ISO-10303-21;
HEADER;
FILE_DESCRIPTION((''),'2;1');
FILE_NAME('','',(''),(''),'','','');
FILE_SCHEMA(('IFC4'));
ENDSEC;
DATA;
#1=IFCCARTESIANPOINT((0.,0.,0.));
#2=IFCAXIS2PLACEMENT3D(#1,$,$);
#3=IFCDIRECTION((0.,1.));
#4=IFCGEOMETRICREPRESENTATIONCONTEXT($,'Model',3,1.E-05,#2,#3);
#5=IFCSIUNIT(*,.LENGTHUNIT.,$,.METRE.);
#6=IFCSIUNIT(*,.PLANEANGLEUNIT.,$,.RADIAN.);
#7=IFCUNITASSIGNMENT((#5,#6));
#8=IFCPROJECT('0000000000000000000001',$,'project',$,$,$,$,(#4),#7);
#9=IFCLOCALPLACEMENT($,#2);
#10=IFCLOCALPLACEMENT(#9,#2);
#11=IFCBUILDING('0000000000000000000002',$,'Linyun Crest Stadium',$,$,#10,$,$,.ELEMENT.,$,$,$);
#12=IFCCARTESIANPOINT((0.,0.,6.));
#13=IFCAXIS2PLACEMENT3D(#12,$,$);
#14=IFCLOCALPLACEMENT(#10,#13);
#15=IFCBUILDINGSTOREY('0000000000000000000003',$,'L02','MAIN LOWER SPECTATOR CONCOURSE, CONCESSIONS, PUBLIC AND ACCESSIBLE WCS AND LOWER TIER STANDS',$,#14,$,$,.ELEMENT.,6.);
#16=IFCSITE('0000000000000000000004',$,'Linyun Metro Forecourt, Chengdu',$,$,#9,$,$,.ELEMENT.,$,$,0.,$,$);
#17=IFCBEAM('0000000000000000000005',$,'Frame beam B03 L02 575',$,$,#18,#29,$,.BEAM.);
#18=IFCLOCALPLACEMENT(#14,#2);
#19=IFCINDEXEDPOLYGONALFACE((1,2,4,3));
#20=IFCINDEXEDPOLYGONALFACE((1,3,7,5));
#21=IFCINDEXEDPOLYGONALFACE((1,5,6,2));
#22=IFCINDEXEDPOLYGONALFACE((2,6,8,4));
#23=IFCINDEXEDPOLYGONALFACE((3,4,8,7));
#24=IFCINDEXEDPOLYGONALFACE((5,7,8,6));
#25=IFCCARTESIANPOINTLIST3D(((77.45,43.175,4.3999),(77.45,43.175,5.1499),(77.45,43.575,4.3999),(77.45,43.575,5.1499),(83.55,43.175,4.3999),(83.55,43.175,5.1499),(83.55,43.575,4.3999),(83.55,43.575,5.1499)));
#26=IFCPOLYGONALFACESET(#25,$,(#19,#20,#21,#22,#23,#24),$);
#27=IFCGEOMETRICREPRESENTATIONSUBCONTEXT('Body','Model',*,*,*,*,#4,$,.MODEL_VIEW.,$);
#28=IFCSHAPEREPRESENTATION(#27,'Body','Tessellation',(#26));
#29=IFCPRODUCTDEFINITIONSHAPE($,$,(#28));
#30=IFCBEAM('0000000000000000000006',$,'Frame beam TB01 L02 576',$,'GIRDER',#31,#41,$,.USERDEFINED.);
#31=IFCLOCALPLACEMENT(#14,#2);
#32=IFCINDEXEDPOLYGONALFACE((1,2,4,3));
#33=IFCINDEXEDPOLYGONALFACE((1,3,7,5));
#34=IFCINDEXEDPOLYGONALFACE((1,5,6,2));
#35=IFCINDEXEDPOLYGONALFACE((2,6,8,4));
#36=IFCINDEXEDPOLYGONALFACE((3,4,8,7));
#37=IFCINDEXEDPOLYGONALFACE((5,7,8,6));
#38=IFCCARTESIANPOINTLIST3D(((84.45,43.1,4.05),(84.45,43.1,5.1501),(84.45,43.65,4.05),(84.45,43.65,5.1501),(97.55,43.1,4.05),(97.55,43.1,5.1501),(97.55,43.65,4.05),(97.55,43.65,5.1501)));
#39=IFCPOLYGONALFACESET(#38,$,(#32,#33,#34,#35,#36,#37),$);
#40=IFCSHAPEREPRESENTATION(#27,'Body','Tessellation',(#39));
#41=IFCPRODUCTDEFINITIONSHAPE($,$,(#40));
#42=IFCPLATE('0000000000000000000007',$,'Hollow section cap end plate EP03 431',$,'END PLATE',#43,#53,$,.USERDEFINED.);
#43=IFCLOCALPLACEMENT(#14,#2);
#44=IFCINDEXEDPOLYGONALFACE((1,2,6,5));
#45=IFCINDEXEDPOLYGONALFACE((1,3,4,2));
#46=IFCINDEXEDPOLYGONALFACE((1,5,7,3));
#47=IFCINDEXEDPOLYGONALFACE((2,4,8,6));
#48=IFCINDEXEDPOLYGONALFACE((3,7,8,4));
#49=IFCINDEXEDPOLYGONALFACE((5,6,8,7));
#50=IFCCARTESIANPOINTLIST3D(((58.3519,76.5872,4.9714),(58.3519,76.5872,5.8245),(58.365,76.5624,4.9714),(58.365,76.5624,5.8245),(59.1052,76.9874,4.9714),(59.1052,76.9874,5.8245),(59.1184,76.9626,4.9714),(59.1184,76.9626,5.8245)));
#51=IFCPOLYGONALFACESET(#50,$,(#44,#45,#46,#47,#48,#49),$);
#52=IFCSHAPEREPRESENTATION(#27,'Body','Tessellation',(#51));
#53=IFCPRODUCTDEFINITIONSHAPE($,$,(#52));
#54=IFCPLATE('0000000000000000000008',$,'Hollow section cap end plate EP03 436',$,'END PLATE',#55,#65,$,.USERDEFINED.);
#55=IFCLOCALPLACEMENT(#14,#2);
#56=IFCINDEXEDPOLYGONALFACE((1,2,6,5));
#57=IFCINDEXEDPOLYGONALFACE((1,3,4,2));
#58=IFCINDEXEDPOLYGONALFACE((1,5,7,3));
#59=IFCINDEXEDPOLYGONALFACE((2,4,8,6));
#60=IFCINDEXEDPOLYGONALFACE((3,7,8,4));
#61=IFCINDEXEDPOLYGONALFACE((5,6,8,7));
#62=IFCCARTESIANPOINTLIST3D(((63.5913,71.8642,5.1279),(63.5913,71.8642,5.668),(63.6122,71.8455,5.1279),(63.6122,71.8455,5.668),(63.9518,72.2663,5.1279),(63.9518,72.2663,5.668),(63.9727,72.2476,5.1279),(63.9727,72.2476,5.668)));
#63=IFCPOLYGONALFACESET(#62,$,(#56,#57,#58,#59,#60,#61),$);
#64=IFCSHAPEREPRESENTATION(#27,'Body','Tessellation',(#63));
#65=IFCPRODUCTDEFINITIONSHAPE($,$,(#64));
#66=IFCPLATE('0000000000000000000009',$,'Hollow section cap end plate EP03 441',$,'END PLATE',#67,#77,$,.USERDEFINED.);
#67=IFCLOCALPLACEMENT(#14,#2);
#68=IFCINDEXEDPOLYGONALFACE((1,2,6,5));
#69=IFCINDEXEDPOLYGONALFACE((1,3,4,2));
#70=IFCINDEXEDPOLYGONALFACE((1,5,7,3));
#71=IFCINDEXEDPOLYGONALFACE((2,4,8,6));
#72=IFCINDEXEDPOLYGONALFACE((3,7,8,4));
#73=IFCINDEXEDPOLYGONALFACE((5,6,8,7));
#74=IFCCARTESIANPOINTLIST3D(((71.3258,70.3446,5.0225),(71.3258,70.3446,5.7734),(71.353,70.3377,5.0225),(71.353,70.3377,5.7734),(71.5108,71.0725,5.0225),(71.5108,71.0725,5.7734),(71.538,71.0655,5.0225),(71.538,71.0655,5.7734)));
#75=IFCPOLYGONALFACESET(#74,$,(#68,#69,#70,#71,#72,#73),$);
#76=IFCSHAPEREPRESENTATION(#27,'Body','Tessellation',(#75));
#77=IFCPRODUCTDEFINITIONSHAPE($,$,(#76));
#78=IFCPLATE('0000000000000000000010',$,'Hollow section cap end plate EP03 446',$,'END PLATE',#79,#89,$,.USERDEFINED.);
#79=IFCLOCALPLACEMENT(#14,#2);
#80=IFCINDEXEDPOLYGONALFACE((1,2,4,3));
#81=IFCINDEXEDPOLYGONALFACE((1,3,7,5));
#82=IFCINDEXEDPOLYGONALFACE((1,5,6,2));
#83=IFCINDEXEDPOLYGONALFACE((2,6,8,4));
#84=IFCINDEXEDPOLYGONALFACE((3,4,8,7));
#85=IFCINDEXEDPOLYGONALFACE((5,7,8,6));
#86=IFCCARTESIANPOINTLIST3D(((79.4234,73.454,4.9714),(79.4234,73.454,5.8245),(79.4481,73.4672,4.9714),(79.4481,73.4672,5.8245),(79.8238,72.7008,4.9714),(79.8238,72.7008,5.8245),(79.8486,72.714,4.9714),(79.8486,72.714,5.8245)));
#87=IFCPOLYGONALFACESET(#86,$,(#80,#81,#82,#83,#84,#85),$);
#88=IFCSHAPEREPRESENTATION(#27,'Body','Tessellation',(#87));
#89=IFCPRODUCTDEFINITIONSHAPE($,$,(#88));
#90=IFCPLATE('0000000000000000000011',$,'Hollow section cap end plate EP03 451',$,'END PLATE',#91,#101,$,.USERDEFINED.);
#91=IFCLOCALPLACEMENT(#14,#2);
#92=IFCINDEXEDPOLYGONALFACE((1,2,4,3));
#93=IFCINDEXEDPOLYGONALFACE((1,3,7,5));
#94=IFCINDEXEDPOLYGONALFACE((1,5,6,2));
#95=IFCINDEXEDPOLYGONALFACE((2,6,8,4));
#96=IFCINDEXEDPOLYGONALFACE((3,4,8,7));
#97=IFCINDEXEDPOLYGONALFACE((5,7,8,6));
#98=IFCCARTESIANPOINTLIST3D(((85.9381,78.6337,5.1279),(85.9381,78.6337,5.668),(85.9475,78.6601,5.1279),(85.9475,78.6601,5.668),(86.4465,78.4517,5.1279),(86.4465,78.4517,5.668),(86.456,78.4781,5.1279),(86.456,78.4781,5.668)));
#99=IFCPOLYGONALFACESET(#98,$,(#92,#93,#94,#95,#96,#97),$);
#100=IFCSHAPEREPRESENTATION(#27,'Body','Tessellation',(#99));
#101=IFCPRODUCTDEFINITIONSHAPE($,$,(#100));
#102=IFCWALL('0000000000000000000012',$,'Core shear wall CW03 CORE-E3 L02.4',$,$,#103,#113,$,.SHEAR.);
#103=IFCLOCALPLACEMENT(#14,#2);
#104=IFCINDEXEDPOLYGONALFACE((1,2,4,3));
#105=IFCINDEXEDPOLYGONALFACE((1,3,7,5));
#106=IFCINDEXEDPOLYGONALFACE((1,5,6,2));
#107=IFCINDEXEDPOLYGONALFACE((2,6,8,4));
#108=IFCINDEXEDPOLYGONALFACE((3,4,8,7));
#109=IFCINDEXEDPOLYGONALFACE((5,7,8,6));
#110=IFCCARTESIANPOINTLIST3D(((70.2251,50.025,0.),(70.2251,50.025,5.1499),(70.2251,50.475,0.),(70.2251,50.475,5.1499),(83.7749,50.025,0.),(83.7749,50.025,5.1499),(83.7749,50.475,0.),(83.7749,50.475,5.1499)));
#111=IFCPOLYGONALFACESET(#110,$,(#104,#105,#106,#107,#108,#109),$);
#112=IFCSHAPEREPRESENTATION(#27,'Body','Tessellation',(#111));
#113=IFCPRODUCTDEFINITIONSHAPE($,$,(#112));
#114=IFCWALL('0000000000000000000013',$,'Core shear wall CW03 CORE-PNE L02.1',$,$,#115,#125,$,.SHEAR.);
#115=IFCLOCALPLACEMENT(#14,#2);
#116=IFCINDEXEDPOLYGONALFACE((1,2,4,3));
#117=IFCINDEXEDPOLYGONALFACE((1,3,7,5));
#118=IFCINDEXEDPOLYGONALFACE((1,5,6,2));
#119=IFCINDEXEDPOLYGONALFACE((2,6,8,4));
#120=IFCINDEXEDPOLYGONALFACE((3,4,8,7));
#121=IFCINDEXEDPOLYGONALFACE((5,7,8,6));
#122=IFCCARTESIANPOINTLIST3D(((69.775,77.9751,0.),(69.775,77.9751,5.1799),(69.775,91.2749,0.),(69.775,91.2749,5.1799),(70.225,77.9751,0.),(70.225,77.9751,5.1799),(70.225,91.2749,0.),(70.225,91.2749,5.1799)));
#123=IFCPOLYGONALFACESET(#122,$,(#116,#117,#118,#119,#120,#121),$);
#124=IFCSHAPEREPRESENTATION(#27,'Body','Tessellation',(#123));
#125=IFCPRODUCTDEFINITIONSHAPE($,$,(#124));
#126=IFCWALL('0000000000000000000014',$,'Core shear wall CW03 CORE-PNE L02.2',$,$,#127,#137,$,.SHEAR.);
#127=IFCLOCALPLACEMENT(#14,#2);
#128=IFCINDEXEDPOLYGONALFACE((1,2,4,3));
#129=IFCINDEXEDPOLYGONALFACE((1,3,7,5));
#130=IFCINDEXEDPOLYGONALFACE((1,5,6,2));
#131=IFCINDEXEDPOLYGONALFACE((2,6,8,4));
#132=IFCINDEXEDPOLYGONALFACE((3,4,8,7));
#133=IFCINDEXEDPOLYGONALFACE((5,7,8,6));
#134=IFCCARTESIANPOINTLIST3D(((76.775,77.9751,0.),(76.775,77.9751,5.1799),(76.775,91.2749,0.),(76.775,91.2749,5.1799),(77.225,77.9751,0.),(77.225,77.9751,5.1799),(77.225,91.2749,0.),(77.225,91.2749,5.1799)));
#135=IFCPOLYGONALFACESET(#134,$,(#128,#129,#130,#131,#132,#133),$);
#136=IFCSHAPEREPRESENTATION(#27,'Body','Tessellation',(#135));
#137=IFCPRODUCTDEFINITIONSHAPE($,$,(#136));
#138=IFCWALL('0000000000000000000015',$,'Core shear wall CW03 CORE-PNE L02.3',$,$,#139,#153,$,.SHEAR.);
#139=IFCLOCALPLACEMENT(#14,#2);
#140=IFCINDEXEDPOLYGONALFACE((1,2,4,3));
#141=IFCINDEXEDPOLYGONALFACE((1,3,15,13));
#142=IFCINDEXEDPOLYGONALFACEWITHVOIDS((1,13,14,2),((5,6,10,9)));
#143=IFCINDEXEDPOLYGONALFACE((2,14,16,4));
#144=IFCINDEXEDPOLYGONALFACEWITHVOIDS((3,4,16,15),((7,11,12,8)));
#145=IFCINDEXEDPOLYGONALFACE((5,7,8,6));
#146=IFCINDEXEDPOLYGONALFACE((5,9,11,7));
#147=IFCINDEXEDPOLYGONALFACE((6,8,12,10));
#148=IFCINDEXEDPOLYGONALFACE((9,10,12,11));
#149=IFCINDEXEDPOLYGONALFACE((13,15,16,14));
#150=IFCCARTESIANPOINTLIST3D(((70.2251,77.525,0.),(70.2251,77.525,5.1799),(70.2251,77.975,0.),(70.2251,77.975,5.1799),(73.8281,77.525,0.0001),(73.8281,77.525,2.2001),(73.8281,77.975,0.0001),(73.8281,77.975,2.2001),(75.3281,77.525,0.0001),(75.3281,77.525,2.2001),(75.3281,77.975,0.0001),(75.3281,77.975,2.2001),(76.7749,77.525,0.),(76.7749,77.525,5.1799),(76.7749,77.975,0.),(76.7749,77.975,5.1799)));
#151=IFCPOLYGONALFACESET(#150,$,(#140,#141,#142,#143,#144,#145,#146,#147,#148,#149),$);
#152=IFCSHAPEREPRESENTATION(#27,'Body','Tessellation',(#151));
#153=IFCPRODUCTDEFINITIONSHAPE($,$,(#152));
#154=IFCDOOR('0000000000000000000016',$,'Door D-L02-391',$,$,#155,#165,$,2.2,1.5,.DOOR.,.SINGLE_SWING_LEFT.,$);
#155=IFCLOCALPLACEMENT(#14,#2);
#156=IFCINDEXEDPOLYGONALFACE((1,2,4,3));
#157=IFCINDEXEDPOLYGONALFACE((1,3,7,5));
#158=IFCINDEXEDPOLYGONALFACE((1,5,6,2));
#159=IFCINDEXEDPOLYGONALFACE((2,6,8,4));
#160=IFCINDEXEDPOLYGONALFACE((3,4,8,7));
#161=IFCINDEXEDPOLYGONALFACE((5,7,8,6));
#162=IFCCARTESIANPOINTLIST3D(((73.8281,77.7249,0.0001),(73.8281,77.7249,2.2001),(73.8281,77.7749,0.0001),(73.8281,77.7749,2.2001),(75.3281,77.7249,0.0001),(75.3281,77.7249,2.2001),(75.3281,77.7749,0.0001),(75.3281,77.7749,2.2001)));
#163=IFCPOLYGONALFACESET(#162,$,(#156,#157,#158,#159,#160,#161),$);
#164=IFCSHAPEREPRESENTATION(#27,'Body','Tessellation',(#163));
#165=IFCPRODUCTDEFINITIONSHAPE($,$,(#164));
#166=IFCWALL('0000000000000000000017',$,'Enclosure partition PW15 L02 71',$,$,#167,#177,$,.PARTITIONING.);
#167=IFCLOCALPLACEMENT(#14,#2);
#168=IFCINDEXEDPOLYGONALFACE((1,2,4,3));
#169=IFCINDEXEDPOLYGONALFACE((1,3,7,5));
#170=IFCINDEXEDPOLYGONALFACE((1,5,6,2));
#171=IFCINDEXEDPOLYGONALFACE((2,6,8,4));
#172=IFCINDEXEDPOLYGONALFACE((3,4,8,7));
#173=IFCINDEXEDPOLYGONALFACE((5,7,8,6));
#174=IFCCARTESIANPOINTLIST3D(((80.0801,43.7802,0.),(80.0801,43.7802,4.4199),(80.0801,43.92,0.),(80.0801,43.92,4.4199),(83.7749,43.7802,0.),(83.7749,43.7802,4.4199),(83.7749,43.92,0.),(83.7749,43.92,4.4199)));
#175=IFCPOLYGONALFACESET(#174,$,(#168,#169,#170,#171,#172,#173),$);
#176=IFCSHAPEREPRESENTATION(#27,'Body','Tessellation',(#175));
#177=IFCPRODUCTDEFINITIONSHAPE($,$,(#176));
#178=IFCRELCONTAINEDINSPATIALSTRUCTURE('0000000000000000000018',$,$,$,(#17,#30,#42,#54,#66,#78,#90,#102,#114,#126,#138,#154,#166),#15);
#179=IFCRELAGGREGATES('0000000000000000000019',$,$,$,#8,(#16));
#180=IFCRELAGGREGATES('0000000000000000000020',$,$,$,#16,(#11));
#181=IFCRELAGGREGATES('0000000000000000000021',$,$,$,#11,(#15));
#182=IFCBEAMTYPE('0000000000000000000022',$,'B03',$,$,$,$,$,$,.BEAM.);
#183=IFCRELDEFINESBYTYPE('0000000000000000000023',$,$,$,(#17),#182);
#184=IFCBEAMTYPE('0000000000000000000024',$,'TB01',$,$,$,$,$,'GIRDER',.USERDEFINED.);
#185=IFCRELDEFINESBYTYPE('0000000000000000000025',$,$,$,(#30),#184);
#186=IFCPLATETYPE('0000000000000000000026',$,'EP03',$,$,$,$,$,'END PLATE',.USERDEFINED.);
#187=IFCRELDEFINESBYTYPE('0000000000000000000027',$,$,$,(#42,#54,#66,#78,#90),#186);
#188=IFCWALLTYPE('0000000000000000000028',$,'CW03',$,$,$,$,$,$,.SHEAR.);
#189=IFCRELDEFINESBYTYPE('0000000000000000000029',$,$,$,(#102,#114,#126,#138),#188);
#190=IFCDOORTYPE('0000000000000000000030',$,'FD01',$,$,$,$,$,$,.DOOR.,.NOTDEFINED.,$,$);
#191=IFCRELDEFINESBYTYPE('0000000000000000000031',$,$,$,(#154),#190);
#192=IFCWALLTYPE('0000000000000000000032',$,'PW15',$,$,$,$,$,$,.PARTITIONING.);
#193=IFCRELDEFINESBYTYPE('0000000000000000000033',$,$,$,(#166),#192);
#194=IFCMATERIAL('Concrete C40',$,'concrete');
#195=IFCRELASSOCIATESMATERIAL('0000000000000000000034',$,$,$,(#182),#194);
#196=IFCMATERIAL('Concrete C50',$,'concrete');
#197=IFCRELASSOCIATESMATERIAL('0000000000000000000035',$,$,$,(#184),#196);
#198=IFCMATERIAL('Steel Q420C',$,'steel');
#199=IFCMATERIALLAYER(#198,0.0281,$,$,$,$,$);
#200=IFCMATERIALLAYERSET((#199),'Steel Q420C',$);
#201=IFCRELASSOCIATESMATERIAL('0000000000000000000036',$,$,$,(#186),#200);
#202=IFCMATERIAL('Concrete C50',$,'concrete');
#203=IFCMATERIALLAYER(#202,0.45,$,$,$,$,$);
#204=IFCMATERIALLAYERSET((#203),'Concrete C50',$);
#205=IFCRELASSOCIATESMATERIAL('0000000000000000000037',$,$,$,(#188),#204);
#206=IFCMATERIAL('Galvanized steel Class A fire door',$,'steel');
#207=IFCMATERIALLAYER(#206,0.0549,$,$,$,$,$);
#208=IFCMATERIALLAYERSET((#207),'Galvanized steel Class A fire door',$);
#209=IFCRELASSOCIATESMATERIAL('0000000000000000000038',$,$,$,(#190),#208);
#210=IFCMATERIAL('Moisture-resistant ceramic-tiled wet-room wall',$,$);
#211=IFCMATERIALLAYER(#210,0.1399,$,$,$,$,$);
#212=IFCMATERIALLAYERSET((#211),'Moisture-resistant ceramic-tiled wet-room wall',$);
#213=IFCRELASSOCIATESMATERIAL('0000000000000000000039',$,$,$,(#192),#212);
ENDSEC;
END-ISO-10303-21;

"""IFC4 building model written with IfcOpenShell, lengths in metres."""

from ifc_helpers import new_model, si_unit, direction, frame, frame_2d, origin, origin_2d, place, context, subcontext, project, spatial, rectangle, extrude, material, layer, layer_set, material_profile, profile_set, type_object, element, fill, save


model = new_model("IFC4")

# Units and contexts
model_context = context("Model", 3, precision=1e-05, world=origin(), true_north=direction((0.0, 1.0)))
body_context = subcontext(model_context, "Body", "Model", "MODEL_VIEW")
ifc_project = project(units=[si_unit("LENGTHUNIT", "METRE"), si_unit("PLANEANGLEUNIT", "RADIAN")], contexts=[model_context])

# Site, building, storey
site_placement = place(None, origin())
site = spatial("IfcSite", under=ifc_project, at=site_placement, Name="Linyun Metro Forecourt, Chengdu", CompositionType="ELEMENT", RefElevation=0.0)
building_placement = place(site_placement, origin())
building = spatial("IfcBuilding", under=site, at=building_placement, Name="Linyun Crest Stadium", CompositionType="ELEMENT")
storey_placement = place(building_placement, frame((0.0, 0.0, 6.0)))
storey = spatial("IfcBuildingStorey", under=building, at=storey_placement, Name="L02", Description="MAIN LOWER SPECTATOR CONCOURSE, CONCESSIONS, PUBLIC AND ACCESSIBLE WCS AND LOWER TIER STANDS", CompositionType="ELEMENT", Elevation=6.0)

# Beams
ifc_material_1 = material(Name="Concrete C40", Category="concrete")
ifc_material_profile_1 = material_profile(ifc_material_1, rectangle(XDim=0.3999, YDim=0.75, at=origin_2d()), Name="RCB 750x400")
ifc_profile_set_1 = profile_set([ifc_material_profile_1], Name="Concrete C40")
beam_type_1 = type_object("IfcBeamType", Name="B03", PredefinedType="BEAM", material=ifc_profile_set_1)
beam_1_placement = place(storey_placement, frame((77.45, 43.375, 4.7749), z_axis=(1.0, 0.0, 0.0), x_axis=(0.0, 1.0, 0.0)))
element("IfcBeam", 1, at=beam_1_placement, inside=storey, type_object=beam_type_1, Name="Frame beam B03 L02 575", PredefinedType="BEAM", context=body_context, shape_type="SweptSolid", body=[
    extrude(rectangle(XDim=0.3999, YDim=0.75, at=origin_2d()), origin(), (0.0, 0.0, 1.0), 6.1001),
])
ifc_material_2 = material(Name="Concrete C50", Category="concrete")
ifc_material_profile_2 = material_profile(ifc_material_2, rectangle(XDim=0.55, YDim=1.1001, at=origin_2d()), Name="RCB 1100x550")
ifc_profile_set_2 = profile_set([ifc_material_profile_2], Name="Concrete C50")
beam_type_2 = type_object("IfcBeamType", Name="TB01", ElementType="GIRDER", PredefinedType="USERDEFINED", material=ifc_profile_set_2)
beam_2_placement = place(storey_placement, frame((84.45, 43.375, 4.6001), z_axis=(1.0, 0.0, 0.0), x_axis=(0.0, 1.0, 0.0)))
element("IfcBeam", 2, at=beam_2_placement, inside=storey, type_object=beam_type_2, Name="Frame beam TB01 L02 576", ObjectType="GIRDER", PredefinedType="USERDEFINED", context=body_context, shape_type="SweptSolid", body=[
    extrude(rectangle(XDim=0.55, YDim=1.1001, at=origin_2d()), origin(), (0.0, 0.0, 1.0), 13.1001),
])

# Plates
ifc_material_3 = material(Name="Steel Q420C", Category="steel")
ifc_layer_1 = layer(ifc_material_3, 0.0281)
ifc_layer_set_1 = layer_set([ifc_layer_1], Name="Steel Q420C")
plate_type = type_object("IfcPlateType", Name="EP03", ElementType="END PLATE", PredefinedType="USERDEFINED", material=ifc_layer_set_1)
plate_1_placement = place(storey_placement, frame((58.7351, 76.7749, 4.9714), z_axis=(0.0, 0.0, 1.0), x_axis=(-0.883111, -0.469163, 0.0)))
element("IfcPlate", 3, at=plate_1_placement, inside=storey, type_object=plate_type, Name="Hollow section cap end plate EP03 431", ObjectType="END PLATE", PredefinedType="USERDEFINED", context=body_context, shape_type="SweptSolid", body=[
    extrude(rectangle(XDim=0.853, YDim=0.0281, at=origin_2d()), origin(), (0.0, 0.0, 1.0), 0.853),
])
plate_2_placement = place(storey_placement, frame((63.782, 72.0559, 5.1279), z_axis=(0.0, 0.0, 1.0), x_axis=(-0.667573, -0.744545, 0.0)))
element("IfcPlate", 4, at=plate_2_placement, inside=storey, type_object=plate_type, Name="Hollow section cap end plate EP03 436", ObjectType="END PLATE", PredefinedType="USERDEFINED", context=body_context, shape_type="SweptSolid", body=[
    extrude(rectangle(XDim=0.54, YDim=0.0281, at=origin_2d()), origin(), (0.0, 0.0, 1.0), 0.54),
])
plate_3_placement = place(storey_placement, frame((71.4319, 70.7051, 5.0225), z_axis=(0.0, 0.0, 1.0), x_axis=(-0.246322, -0.969188, 0.0)))
element("IfcPlate", 5, at=plate_3_placement, inside=storey, type_object=plate_type, Name="Hollow section cap end plate EP03 441", ObjectType="END PLATE", PredefinedType="USERDEFINED", context=body_context, shape_type="SweptSolid", body=[
    extrude(rectangle(XDim=0.751, YDim=0.0281, at=origin_2d()), origin(), (0.0, 0.0, 1.0), 0.751),
])
plate_4_placement = place(storey_placement, frame((79.636, 73.084, 4.9714), z_axis=(0.0, 0.0, 1.0), x_axis=(0.469472, -0.882948, 0.0)))
element("IfcPlate", 6, at=plate_4_placement, inside=storey, type_object=plate_type, Name="Hollow section cap end plate EP03 446", ObjectType="END PLATE", PredefinedType="USERDEFINED", context=body_context, shape_type="SweptSolid", body=[
    extrude(rectangle(XDim=0.853, YDim=0.0281, at=origin_2d()), origin(), (0.0, 0.0, 1.0), 0.853),
])
plate_5_placement = place(storey_placement, frame((86.197, 78.5559, 5.1279), z_axis=(0.0, 0.0, 1.0), x_axis=(0.941529, -0.336931, 0.0)))
element("IfcPlate", 7, at=plate_5_placement, inside=storey, type_object=plate_type, Name="Hollow section cap end plate EP03 451", ObjectType="END PLATE", PredefinedType="USERDEFINED", context=body_context, shape_type="SweptSolid", body=[
    extrude(rectangle(XDim=0.54, YDim=0.0281, at=origin_2d()), origin(), (0.0, 0.0, 1.0), 0.54),
])

# Walls
ifc_material_4 = material(Name="Concrete C50", Category="concrete")
ifc_layer_2 = layer(ifc_material_4, 0.45)
ifc_layer_set_2 = layer_set([ifc_layer_2], Name="Concrete C50")
wall_type_1 = type_object("IfcWallType", Name="CW03", PredefinedType="SHEAR", material=ifc_layer_set_2)
wall_1_placement = place(storey_placement, frame((70.2251, 50.25, 0.0), z_axis=(0.0, 0.0, 1.0), x_axis=(1.0, 0.0, 0.0)))
element("IfcWall", 8, at=wall_1_placement, inside=storey, type_object=wall_type_1, Name="Core shear wall CW03 CORE-E3 L02.4", PredefinedType="SHEAR", context=body_context, shape_type="SweptSolid", body=[
    extrude(rectangle(XDim=13.5498, YDim=0.45, at=frame_2d((6.7749, 0.0))), origin(), (0.0, 0.0, 1.0), 5.1499),
])
for number, where, z_axis, x_axis, name in (
    (9, (70.0, 77.9751, 0.0), (0.0, 0.0, 1.0), (0.0, 1.0, 0.0), "Core shear wall CW03 CORE-PNE L02.1"),
    (10, (77.0, 77.9751, 0.0), (0.0, 0.0, 1.0), (0.0, 1.0, 0.0), "Core shear wall CW03 CORE-PNE L02.2"),
):
    element("IfcWall", number, at=place(storey_placement, frame(where, z_axis=z_axis, x_axis=x_axis)), inside=storey, type_object=wall_type_1, Name=name, PredefinedType="SHEAR", context=body_context, shape_type="SweptSolid", body=[
        extrude(rectangle(XDim=13.2998, YDim=0.45, at=frame_2d((6.6499, 0.0))), origin(), (0.0, 0.0, 1.0), 5.1799),
    ])

# Wall, opening, door
wall_2_placement = place(storey_placement, frame((70.2251, 77.75, 0.0), z_axis=(0.0, 0.0, 1.0), x_axis=(1.0, 0.0, 0.0)))
wall_2 = element("IfcWall", 11, at=wall_2_placement, inside=storey, type_object=wall_type_1, Name="Core shear wall CW03 CORE-PNE L02.3", PredefinedType="SHEAR", context=body_context, shape_type="SweptSolid", body=[
    extrude(rectangle(XDim=6.5498, YDim=0.45, at=frame_2d((3.2749, 0.0))), origin(), (0.0, 0.0, 1.0), 5.1799),
])
opening_1_placement = place(wall_2_placement, frame((3.603, 0.0, 0.0)))
opening_1 = element("IfcOpeningElement", 12, at=opening_1_placement, cuts=wall_2, PredefinedType="OPENING", context=body_context, shape_type="SweptSolid", body=[
    extrude(rectangle(XDim=1.5, YDim=2.2, at=frame_2d((0.75, 1.1001))), frame((0.0, 0.2349, 0.0), z_axis=(0.0, -1.0, 0.0), x_axis=(1.0, 0.0, 0.0)), (0.0, 0.0, 1.0), 0.47),
])
ifc_material_5 = material(Name="Galvanized steel Class A fire door", Category="steel")
ifc_layer_3 = layer(ifc_material_5, 0.0549)
ifc_layer_set_3 = layer_set([ifc_layer_3], Name="Galvanized steel Class A fire door")
door_type_1 = type_object("IfcDoorType", Name="FD01", OperationType="NOTDEFINED", PredefinedType="DOOR", material=ifc_layer_set_3)
door_1_placement = place(opening_1_placement, origin())
door_1 = element("IfcDoor", 13, at=door_1_placement, inside=storey, type_object=door_type_1, Name="Door D-L02-391", OperationType="SINGLE_SWING_LEFT", OverallHeight=2.2, OverallWidth=1.5, PredefinedType="DOOR", context=body_context, shape_type="SweptSolid", body=[
    extrude(rectangle(XDim=1.5, YDim=2.2, at=frame_2d((0.75, 1.1001))), frame((0.0, 0.0249, 0.0), z_axis=(0.0, -1.0, 0.0), x_axis=(1.0, 0.0, 0.0)), (0.0, 0.0, 1.0), 0.05),
])
fill(opening_1, door_1)

# Shared definitions
ifc_material_6 = material(Name="Moisture-resistant ceramic-tiled wet-room wall")
ifc_layer_4 = layer(ifc_material_6, 0.1399)
ifc_layer_set_4 = layer_set([ifc_layer_4], Name="Moisture-resistant ceramic-tiled wet-room wall")
wall_type_2 = type_object("IfcWallType", Name="PW15", PredefinedType="PARTITIONING", material=ifc_layer_set_4)

# Wall
wall_3_placement = place(storey_placement, frame((80.0801, 43.8501, 0.0), z_axis=(0.0, 0.0, 1.0), x_axis=(1.0, 0.0, 0.0)))
element("IfcWall", 14, at=wall_3_placement, inside=storey, type_object=wall_type_2, Name="Enclosure partition PW15 L02 71", PredefinedType="PARTITIONING", context=body_context, shape_type="SweptSolid", body=[
    extrude(rectangle(XDim=3.6948, YDim=0.1399, at=frame_2d((1.8474, 0.0))), origin(), (0.0, 0.0, 1.0), 4.4199),
])

save(model, "model.ifc")
